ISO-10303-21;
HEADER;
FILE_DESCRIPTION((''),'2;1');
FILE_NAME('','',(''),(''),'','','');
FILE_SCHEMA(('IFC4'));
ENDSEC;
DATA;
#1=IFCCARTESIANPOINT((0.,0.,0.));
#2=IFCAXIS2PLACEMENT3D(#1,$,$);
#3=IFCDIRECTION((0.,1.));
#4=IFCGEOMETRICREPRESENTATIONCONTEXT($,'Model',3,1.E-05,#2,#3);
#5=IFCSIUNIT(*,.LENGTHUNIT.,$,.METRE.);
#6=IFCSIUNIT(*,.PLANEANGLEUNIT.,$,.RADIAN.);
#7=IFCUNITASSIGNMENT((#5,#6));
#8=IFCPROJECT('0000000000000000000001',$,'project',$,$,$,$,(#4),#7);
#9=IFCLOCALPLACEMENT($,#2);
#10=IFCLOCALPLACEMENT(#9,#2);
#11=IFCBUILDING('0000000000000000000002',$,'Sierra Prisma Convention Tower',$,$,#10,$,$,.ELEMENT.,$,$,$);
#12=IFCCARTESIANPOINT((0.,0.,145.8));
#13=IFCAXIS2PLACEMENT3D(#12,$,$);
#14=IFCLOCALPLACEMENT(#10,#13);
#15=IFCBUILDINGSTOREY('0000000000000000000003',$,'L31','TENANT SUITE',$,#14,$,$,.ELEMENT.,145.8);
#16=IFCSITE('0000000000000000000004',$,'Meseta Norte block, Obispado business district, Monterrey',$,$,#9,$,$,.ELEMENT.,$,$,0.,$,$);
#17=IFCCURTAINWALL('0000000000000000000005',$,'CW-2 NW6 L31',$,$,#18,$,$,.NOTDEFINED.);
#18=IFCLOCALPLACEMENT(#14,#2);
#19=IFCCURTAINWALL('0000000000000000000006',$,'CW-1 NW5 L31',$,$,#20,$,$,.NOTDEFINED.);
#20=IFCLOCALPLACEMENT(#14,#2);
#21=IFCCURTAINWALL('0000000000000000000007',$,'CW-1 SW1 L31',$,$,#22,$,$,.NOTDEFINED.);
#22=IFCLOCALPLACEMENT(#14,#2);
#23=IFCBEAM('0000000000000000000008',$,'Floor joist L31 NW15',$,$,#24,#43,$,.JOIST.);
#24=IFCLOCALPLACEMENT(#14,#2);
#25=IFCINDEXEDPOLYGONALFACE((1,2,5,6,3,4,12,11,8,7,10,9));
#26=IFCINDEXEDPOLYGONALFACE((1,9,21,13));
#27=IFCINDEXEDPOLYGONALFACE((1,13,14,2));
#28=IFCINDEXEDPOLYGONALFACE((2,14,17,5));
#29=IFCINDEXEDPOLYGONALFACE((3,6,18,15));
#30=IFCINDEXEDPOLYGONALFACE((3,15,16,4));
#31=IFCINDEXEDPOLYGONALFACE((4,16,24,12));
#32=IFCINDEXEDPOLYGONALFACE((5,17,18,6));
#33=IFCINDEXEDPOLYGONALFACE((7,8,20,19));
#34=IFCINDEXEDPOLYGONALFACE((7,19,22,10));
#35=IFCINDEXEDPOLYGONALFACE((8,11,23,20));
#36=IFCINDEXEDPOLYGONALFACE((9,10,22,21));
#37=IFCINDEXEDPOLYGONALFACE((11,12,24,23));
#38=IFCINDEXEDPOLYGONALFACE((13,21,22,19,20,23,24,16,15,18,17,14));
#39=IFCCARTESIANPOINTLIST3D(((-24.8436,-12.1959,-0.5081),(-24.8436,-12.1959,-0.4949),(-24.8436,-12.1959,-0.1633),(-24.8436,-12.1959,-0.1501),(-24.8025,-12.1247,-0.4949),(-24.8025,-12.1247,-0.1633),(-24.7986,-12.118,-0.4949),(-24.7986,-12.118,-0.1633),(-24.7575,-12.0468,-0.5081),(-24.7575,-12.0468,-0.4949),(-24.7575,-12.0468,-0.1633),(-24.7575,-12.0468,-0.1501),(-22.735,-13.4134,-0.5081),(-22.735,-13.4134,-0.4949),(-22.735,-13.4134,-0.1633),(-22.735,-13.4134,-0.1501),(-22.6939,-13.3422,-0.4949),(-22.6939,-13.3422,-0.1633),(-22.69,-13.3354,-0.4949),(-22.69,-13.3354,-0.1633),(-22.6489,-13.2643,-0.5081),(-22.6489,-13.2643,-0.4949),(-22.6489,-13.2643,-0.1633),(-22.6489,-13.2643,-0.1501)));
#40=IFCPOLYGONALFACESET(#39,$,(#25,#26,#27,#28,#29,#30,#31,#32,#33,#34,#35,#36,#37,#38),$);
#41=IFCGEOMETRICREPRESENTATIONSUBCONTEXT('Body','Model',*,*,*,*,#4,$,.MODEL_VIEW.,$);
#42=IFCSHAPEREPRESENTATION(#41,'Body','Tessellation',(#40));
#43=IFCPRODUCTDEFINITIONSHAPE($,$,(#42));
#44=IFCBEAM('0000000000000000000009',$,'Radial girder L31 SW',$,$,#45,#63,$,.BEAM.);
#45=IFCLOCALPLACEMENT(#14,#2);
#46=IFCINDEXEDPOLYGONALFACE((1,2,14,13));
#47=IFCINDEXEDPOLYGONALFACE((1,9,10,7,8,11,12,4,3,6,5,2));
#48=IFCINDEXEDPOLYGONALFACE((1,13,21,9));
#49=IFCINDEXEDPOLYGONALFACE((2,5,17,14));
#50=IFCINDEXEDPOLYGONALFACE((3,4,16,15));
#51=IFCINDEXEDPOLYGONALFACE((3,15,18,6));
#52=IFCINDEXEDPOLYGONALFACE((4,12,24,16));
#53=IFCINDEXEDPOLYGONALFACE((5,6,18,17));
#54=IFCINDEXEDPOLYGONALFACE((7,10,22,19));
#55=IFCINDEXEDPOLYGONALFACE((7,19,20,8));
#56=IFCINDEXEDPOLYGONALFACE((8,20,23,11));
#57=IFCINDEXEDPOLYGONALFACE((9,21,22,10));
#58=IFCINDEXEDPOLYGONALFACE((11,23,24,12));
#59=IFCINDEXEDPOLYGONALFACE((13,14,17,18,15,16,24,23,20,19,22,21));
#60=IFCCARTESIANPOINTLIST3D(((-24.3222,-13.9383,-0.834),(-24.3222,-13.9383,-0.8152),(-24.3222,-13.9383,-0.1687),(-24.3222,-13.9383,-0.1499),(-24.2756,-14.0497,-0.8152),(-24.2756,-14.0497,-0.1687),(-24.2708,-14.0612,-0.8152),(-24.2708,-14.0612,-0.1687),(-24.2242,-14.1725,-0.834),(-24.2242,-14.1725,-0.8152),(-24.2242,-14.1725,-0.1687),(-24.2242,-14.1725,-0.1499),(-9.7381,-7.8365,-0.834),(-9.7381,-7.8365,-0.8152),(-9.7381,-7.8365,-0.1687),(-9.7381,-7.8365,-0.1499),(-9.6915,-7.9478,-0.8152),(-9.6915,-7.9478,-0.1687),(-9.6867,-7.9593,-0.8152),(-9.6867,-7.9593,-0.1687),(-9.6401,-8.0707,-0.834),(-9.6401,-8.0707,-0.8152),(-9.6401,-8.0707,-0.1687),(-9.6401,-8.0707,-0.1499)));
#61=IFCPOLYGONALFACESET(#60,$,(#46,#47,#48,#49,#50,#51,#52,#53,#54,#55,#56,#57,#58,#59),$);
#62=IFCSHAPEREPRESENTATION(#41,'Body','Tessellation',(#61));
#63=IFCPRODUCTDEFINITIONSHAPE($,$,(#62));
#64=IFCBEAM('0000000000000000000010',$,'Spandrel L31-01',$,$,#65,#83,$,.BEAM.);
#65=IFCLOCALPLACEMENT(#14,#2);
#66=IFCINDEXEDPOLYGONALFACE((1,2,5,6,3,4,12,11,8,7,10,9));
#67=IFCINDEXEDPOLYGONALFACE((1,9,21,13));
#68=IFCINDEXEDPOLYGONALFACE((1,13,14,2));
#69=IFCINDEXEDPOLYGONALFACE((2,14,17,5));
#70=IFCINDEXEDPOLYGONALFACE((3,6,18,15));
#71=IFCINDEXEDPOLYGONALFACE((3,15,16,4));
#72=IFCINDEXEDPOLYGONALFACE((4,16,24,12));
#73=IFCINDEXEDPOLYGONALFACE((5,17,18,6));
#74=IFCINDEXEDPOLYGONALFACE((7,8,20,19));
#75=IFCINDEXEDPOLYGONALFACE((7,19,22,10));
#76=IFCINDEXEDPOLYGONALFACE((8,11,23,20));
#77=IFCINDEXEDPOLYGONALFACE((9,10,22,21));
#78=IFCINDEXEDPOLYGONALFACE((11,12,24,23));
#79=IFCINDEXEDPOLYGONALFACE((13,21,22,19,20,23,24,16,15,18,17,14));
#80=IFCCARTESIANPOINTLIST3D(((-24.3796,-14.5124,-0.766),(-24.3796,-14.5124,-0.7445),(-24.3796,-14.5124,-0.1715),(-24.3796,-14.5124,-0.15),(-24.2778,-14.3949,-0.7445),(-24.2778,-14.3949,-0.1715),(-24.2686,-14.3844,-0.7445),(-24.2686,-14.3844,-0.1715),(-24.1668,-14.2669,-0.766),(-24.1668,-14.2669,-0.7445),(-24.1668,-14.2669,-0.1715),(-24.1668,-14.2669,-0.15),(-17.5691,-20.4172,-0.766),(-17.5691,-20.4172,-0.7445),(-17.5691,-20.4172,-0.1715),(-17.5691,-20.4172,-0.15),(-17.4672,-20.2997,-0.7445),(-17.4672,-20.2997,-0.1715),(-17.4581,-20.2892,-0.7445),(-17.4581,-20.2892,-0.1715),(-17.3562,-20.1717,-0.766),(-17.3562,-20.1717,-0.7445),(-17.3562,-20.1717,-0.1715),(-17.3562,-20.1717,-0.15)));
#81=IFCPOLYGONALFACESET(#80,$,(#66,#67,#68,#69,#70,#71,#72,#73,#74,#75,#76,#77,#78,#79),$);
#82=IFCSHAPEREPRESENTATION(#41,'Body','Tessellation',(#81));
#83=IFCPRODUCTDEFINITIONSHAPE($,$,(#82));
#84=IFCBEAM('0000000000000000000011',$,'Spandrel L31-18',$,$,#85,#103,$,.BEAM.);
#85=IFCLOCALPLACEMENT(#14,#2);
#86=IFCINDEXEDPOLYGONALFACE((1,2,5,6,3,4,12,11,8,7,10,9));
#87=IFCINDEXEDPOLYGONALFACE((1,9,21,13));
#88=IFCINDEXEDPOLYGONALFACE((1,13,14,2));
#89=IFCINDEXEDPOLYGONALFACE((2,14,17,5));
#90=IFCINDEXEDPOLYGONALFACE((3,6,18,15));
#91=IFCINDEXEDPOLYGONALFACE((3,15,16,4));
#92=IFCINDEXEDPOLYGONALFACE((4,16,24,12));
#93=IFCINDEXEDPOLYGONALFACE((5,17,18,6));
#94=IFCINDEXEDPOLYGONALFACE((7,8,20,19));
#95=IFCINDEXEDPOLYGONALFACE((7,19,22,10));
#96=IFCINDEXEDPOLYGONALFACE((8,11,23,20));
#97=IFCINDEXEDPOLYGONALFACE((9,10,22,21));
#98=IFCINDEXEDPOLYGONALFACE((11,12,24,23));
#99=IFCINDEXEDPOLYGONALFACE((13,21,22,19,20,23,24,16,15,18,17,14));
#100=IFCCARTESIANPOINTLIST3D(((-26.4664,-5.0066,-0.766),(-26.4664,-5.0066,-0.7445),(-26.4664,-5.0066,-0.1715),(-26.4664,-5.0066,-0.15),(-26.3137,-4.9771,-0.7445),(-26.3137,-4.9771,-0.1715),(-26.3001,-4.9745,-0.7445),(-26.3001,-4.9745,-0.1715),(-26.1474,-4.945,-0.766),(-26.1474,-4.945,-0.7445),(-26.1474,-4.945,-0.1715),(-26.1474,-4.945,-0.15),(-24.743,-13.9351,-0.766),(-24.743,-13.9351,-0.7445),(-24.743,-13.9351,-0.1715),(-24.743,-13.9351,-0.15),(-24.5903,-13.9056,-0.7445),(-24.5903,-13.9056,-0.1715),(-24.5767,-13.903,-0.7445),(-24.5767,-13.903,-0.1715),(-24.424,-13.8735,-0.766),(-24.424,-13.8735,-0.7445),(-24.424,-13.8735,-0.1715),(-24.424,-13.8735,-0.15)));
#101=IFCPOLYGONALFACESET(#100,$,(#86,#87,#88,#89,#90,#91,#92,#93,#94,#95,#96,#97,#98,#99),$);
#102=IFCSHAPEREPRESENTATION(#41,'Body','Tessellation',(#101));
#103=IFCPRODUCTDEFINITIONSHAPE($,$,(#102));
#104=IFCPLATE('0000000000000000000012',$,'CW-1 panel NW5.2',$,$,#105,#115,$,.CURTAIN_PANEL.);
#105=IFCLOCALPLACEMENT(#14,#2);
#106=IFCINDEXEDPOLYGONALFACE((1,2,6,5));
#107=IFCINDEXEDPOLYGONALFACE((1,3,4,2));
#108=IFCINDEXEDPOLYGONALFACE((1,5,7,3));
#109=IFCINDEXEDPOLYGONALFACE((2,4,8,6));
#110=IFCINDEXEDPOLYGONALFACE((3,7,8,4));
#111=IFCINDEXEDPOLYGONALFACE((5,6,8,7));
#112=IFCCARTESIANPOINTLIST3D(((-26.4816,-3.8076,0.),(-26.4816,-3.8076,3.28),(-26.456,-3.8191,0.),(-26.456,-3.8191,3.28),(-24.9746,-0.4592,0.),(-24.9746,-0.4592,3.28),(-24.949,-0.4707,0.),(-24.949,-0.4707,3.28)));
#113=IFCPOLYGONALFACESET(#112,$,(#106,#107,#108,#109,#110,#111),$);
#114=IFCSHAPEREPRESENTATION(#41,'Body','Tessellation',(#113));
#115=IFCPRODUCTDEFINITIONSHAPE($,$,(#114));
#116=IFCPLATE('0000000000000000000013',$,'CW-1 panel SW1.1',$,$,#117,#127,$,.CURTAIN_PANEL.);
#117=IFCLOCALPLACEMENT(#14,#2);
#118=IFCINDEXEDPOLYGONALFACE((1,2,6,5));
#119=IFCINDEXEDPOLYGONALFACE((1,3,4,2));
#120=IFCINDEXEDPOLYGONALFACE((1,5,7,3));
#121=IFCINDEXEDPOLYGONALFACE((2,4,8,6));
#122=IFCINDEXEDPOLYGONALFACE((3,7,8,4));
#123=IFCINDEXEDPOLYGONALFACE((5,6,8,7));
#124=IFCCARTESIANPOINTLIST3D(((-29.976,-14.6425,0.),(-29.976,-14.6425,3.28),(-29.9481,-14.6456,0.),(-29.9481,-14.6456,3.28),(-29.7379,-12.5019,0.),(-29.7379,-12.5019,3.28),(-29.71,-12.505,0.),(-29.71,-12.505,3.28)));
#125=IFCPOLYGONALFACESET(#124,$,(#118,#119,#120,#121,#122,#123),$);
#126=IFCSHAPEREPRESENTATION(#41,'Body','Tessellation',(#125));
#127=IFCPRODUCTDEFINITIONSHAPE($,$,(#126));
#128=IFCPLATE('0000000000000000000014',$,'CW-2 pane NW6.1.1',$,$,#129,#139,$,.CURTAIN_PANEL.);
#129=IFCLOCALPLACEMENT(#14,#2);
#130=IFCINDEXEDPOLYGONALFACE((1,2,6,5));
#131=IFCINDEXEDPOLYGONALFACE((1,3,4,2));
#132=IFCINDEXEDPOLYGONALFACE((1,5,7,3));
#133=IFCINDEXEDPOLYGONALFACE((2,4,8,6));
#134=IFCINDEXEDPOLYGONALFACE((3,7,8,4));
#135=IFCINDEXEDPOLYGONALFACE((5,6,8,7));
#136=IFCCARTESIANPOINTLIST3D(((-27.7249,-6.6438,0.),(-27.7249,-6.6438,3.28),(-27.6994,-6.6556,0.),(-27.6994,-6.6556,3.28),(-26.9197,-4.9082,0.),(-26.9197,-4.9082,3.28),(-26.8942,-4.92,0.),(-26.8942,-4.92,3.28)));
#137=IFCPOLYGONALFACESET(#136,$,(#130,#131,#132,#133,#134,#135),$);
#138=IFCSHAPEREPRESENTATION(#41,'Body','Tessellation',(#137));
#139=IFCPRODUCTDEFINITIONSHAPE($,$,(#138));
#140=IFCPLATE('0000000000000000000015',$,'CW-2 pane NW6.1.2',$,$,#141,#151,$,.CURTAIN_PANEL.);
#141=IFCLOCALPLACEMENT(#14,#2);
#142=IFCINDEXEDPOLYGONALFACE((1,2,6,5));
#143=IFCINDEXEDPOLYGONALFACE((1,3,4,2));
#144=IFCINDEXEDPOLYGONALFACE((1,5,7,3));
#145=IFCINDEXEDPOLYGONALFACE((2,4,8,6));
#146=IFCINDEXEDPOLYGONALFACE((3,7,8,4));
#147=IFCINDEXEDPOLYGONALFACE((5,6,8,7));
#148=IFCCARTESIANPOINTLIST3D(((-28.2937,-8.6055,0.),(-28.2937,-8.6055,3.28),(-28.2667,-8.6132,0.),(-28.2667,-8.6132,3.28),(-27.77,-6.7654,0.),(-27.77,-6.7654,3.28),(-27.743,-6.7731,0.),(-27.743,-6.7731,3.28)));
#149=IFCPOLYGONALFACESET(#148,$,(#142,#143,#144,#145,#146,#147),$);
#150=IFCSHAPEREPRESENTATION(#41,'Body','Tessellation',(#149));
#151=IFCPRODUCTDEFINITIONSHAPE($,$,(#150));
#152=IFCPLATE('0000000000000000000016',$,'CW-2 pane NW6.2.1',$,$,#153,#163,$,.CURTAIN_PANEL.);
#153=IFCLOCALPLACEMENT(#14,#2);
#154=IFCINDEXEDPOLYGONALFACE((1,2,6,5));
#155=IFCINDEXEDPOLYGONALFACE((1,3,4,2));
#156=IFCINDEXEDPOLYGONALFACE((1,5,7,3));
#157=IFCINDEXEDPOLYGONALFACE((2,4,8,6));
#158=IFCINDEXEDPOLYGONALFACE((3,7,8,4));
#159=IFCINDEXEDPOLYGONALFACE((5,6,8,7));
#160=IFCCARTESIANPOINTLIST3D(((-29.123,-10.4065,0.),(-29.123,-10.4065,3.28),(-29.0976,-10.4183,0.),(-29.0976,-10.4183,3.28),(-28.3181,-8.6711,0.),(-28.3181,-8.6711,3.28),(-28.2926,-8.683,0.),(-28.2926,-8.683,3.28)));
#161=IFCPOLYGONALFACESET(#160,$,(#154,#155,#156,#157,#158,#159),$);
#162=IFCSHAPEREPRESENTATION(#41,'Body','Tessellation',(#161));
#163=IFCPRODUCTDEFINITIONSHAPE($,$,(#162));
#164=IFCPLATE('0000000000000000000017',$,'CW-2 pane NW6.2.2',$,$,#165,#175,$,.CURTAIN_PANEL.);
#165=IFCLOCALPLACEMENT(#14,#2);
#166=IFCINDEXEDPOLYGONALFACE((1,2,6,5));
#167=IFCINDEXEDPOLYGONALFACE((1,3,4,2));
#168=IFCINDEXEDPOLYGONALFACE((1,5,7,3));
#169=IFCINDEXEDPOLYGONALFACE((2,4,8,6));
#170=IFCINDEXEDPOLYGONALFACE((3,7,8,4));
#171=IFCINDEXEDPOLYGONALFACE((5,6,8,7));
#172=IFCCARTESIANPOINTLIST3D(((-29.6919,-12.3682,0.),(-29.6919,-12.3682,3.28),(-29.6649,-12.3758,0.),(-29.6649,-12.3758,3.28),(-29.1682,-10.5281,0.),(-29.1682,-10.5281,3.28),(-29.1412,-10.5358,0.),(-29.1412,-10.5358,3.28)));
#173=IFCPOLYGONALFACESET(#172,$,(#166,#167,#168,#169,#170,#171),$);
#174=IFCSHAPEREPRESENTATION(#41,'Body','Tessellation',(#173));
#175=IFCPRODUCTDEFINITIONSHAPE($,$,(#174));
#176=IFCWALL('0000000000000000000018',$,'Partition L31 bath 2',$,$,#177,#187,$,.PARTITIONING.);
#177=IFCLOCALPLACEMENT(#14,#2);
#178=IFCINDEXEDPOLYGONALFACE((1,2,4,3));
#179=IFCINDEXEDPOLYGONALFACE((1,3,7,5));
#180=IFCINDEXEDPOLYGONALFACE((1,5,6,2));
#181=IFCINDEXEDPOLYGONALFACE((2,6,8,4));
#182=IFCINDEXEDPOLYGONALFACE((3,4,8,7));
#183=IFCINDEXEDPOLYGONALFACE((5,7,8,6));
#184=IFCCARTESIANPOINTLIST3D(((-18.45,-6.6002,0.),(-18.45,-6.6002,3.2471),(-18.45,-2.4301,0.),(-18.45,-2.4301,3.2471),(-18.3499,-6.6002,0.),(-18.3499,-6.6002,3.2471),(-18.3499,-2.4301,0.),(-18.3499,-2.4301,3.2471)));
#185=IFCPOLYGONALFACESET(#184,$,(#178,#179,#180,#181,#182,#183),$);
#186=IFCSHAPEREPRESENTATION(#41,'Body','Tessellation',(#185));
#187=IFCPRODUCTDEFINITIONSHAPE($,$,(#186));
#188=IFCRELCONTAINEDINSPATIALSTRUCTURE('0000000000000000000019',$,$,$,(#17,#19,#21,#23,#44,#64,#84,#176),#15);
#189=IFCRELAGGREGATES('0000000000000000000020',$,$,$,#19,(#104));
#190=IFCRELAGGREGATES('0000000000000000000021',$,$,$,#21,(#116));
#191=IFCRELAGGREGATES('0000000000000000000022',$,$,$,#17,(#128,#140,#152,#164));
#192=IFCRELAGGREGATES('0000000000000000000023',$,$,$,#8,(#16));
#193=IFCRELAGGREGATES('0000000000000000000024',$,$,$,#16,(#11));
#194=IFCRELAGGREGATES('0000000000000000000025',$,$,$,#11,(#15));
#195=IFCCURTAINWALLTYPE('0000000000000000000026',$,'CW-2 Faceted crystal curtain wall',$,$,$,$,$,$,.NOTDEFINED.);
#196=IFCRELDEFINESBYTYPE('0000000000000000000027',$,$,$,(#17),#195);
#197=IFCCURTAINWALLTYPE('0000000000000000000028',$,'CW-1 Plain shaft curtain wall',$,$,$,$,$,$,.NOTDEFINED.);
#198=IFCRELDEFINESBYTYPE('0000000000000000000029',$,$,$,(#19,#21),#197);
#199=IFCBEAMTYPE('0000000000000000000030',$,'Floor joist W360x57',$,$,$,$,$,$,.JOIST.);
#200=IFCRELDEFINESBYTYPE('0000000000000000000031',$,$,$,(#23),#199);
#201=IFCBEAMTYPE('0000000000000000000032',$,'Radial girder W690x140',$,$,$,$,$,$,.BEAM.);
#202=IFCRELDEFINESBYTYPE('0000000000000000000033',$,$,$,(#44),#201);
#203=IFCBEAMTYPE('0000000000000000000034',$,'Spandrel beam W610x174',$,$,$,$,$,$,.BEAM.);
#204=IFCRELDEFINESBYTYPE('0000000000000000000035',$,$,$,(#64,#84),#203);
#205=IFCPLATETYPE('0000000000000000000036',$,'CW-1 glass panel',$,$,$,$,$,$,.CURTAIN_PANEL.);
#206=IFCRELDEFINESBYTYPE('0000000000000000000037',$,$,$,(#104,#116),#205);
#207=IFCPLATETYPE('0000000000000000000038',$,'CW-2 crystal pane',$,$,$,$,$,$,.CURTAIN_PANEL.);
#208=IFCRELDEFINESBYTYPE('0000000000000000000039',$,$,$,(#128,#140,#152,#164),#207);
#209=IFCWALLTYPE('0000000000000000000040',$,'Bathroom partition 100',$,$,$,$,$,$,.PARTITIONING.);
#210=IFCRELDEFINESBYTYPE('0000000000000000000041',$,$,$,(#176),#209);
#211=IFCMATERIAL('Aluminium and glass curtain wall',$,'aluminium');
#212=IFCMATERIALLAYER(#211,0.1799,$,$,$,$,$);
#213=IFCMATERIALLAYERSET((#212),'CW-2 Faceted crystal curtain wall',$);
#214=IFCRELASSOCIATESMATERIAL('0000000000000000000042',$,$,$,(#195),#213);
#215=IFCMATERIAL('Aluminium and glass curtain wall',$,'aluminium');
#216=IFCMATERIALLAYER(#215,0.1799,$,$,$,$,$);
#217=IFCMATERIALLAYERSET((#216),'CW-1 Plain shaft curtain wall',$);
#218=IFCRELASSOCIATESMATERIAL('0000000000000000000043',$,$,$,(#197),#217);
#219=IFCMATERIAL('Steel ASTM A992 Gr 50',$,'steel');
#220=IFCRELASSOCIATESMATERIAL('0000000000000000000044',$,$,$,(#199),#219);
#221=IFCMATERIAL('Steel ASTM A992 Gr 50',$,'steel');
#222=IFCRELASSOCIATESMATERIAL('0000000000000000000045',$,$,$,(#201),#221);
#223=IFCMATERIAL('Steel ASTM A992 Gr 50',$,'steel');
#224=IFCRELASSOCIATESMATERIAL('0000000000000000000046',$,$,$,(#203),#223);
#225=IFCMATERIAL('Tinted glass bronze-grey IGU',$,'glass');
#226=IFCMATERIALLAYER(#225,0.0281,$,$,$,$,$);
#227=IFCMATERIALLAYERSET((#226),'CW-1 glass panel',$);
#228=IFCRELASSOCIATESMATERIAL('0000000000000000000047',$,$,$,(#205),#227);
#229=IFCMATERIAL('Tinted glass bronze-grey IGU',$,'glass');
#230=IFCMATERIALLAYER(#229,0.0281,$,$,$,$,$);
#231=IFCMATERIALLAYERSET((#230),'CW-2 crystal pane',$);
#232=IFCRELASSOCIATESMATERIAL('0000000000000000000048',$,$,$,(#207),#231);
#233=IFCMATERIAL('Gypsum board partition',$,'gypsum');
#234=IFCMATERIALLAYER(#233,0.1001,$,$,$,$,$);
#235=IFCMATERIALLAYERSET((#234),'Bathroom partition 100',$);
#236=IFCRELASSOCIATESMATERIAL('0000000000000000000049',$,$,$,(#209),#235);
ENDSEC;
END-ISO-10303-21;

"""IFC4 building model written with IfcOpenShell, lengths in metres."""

from ifc_helpers import new_model, si_unit, direction, frame, frame_2d, origin, origin_2d, place, context, subcontext, project, spatial, polyline, rectangle, i_section, outline, extrude, material, layer, layer_set, material_profile, profile_set, type_object, element, aggregate, save


model = new_model("IFC4")

# Units and contexts
model_context = context("Model", 3, precision=1e-05, world=origin(), true_north=direction((0.0, 1.0)))
body_context = subcontext(model_context, "Body", "Model", "MODEL_VIEW")
ifc_project = project(units=[si_unit("LENGTHUNIT", "METRE"), si_unit("PLANEANGLEUNIT", "RADIAN")], contexts=[model_context])

# Site, building, storey
site_placement = place(None, origin())
site = spatial("IfcSite", under=ifc_project, at=site_placement, Name="Meseta Norte block, Obispado business district, Monterrey", CompositionType="ELEMENT", RefElevation=0.0)
building_placement = place(site_placement, origin())
building = spatial("IfcBuilding", under=site, at=building_placement, Name="Sierra Prisma Convention Tower", CompositionType="ELEMENT")
storey_placement = place(building_placement, frame((0.0, 0.0, 145.8)))
storey = spatial("IfcBuildingStorey", under=building, at=storey_placement, Name="L31", Description="TENANT SUITE", CompositionType="ELEMENT", Elevation=145.8)

# Curtain wall
ifc_material_1 = material(Name="Aluminium and glass curtain wall", Category="aluminium")
ifc_layer_1 = layer(ifc_material_1, 0.1799)
ifc_layer_set_1 = layer_set([ifc_layer_1], Name="CW-2 Faceted crystal curtain wall")
curtain_wall_type_1 = type_object("IfcCurtainWallType", Name="CW-2 Faceted crystal curtain wall", PredefinedType="NOTDEFINED", material=ifc_layer_set_1)
curtain_wall_1_placement = place(storey_placement, origin())
curtain_wall_1 = element("IfcCurtainWall", 1, at=curtain_wall_1_placement, inside=storey, type_object=curtain_wall_type_1, Name="CW-2 NW6 L31", PredefinedType="NOTDEFINED")

# Curtain wall
ifc_material_2 = material(Name="Aluminium and glass curtain wall", Category="aluminium")
ifc_layer_2 = layer(ifc_material_2, 0.1799)
ifc_layer_set_2 = layer_set([ifc_layer_2], Name="CW-1 Plain shaft curtain wall")
curtain_wall_type_2 = type_object("IfcCurtainWallType", Name="CW-1 Plain shaft curtain wall", PredefinedType="NOTDEFINED", material=ifc_layer_set_2)
curtain_wall_2_placement = place(storey_placement, origin())
curtain_wall_2 = element("IfcCurtainWall", 2, at=curtain_wall_2_placement, inside=storey, type_object=curtain_wall_type_2, Name="CW-1 NW5 L31", PredefinedType="NOTDEFINED")

# Curtain wall
curtain_wall_3_placement = place(storey_placement, origin())
curtain_wall_3 = element("IfcCurtainWall", 3, at=curtain_wall_3_placement, inside=storey, type_object=curtain_wall_type_2, Name="CW-1 SW1 L31", PredefinedType="NOTDEFINED")

# Beams
ifc_material_3 = material(Name="Steel ASTM A992 Gr 50", Category="steel")
ifc_material_profile_1 = material_profile(ifc_material_3, i_section(OverallWidth=0.1721, OverallDepth=0.3579, WebThickness=0.0078, FlangeThickness=0.0132, at=origin_2d()), Name="W360x57")
ifc_profile_set_1 = profile_set([ifc_material_profile_1], Name="Steel ASTM A992 Gr 50")
beam_type_1 = type_object("IfcBeamType", Name="Floor joist W360x57", PredefinedType="JOIST", material=ifc_profile_set_1)
beam_1_placement = place(storey_placement, frame((-24.8005, -12.1213, -0.3291), z_axis=(0.866007, -0.500032, 0.0), x_axis=(0.500032, 0.866007, 0.0)))
element("IfcBeam", 4, at=beam_1_placement, inside=storey, type_object=beam_type_1, Name="Floor joist L31 NW15", PredefinedType="JOIST", context=body_context, shape_type="SweptSolid", body=[
    extrude(i_section(OverallWidth=0.1721, OverallDepth=0.3579, WebThickness=0.0078, FlangeThickness=0.0132, at=origin_2d()), origin(), (0.0, 0.0, 1.0), 2.4348),
])
ifc_material_4 = material(Name="Steel ASTM A992 Gr 50", Category="steel")
ifc_material_profile_2 = material_profile(ifc_material_4, i_section(OverallWidth=0.2539, OverallDepth=0.6841, WebThickness=0.0125, FlangeThickness=0.0188, at=origin_2d()), Name="W690x140")
ifc_profile_set_2 = profile_set([ifc_material_profile_2], Name="Steel ASTM A992 Gr 50")
beam_type_2 = type_object("IfcBeamType", Name="Radial girder W690x140", PredefinedType="BEAM", material=ifc_profile_set_2)
beam_2_placement = place(storey_placement, frame((-24.2732, -14.0554, -0.4919), z_axis=(0.922511, 0.38597, 0.0), x_axis=(-0.38597, 0.922511, 0.0)))
element("IfcBeam", 5, at=beam_2_placement, inside=storey, type_object=beam_type_2, Name="Radial girder L31 SW", PredefinedType="BEAM", context=body_context, shape_type="SweptSolid", body=[
    extrude(i_section(OverallWidth=0.2539, OverallDepth=0.6841, WebThickness=0.0125, FlangeThickness=0.0188, at=origin_2d()), origin(), (0.0, 0.0, 1.0), 15.8091),
])
ifc_material_5 = material(Name="Steel ASTM A992 Gr 50", Category="steel")
ifc_material_profile_3 = material_profile(ifc_material_5, i_section(OverallWidth=0.325, OverallDepth=0.616, WebThickness=0.0139, FlangeThickness=0.0215, at=origin_2d()), Name="W610x174")
ifc_profile_set_3 = profile_set([ifc_material_profile_3], Name="Steel ASTM A992 Gr 50")
beam_type_3 = type_object("IfcBeamType", Name="Spandrel beam W610x174", PredefinedType="BEAM", material=ifc_profile_set_3)
beam_3_placement = place(storey_placement, frame((-24.2732, -14.3896, -0.458), z_axis=(0.755562, -0.655077, 0.0), x_axis=(0.655077, 0.755562, 0.0)))
element("IfcBeam", 6, at=beam_3_placement, inside=storey, type_object=beam_type_3, Name="Spandrel L31-01", PredefinedType="BEAM", context=body_context, shape_type="SweptSolid", body=[
    extrude(i_section(OverallWidth=0.325, OverallDepth=0.616, WebThickness=0.0139, FlangeThickness=0.0215, at=origin_2d()), origin(), (0.0, 0.0, 1.0), 9.0139),
])
beam_4_placement = place(storey_placement, frame((-26.3069, -4.9758, -0.458), z_axis=(0.189524, -0.981876, 0.0), x_axis=(0.981876, 0.189524, 0.0)))
element("IfcBeam", 7, at=beam_4_placement, inside=storey, type_object=beam_type_3, Name="Spandrel L31-18", PredefinedType="BEAM", context=body_context, shape_type="SweptSolid", body=[
    extrude(i_section(OverallWidth=0.325, OverallDepth=0.616, WebThickness=0.0139, FlangeThickness=0.0215, at=origin_2d()), origin(), (0.0, 0.0, 1.0), 9.0933),
])

# Plates
ifc_material_6 = material(Name="Tinted glass bronze-grey IGU", Category="glass")
ifc_layer_3 = layer(ifc_material_6, 0.0281)
ifc_layer_set_3 = layer_set([ifc_layer_3], Name="CW-1 glass panel")
plate_type_1 = type_object("IfcPlateType", Name="CW-1 glass panel", PredefinedType="CURTAIN_PANEL", material=ifc_layer_set_3)
plate_1_placement = place(storey_placement, frame((-25.7153, -2.1392, 0.0), z_axis=(0.0, 0.0, 1.0), x_axis=(-0.410416, -0.911898, 0.0)))
plate_1 = element("IfcPlate", 8, at=plate_1_placement, type_object=plate_type_1, Name="CW-1 panel NW5.2", PredefinedType="CURTAIN_PANEL", context=body_context, shape_type="SweptSolid", body=[
    extrude(rectangle(XDim=3.6719, YDim=0.0281, at=origin_2d()), origin(), (0.0, 0.0, 1.0), 3.28),
])
aggregate(curtain_wall_2, [plate_1])
plate_2_placement = place(storey_placement, frame((-29.843, -13.5737, 0.0), z_axis=(0.0, 0.0, 1.0), x_axis=(-0.110541, -0.993872, 0.0)))
plate_2 = element("IfcPlate", 9, at=plate_2_placement, type_object=plate_type_1, Name="CW-1 panel SW1.1", PredefinedType="CURTAIN_PANEL", context=body_context, shape_type="SweptSolid", body=[
    extrude(rectangle(XDim=2.1538, YDim=0.0281, at=origin_2d()), origin(), (0.0, 0.0, 1.0), 3.28),
])
aggregate(curtain_wall_3, [plate_2])
ifc_material_7 = material(Name="Tinted glass bronze-grey IGU", Category="glass")
ifc_layer_4 = layer(ifc_material_7, 0.0281)
ifc_layer_set_4 = layer_set([ifc_layer_4], Name="CW-2 crystal pane")
plate_type_2 = type_object("IfcPlateType", Name="CW-2 crystal pane", PredefinedType="CURTAIN_PANEL", material=ifc_layer_set_4)
plate_3_placement = place(storey_placement, frame((-26.9197, -4.9082, 0.0), z_axis=(-0.907136, 0.420838, 0.0), x_axis=(-0.420838, -0.907136, 0.0)))
plate_3 = element("IfcPlate", 10, at=plate_3_placement, type_object=plate_type_2, Name="CW-2 pane NW6.1.1", PredefinedType="CURTAIN_PANEL", context=body_context, shape_type="SweptSolid", body=[
    extrude(outline(polyline([(0.0, 0.0), (1.9133, 0.0), (1.9133, 3.28), (0.0, 3.28), (0.0, 0.0)])), origin(), (0.0, 0.0, -1.0), 0.0281),
])
plate_4_placement = place(storey_placement, frame((-28.2937, -8.6055, 0.0), z_axis=(-0.961808, 0.273727, 0.0), x_axis=(0.273727, 0.961808, 0.0)))
plate_4 = element("IfcPlate", 11, at=plate_4_placement, type_object=plate_type_2, Name="CW-2 pane NW6.1.2", PredefinedType="CURTAIN_PANEL", context=body_context, shape_type="SweptSolid", body=[
    extrude(outline(polyline([(0.0, 0.0), (1.9132, 0.0), (1.9132, -3.28), (0.0, -3.28), (0.0, 0.0)])), origin(), (0.0, 0.0, -1.0), 0.0281),
])
plate_5_placement = place(storey_placement, frame((-28.3181, -8.6711, 0.0), z_axis=(-0.907162, 0.420781, 0.0), x_axis=(-0.420781, -0.907162, 0.0)))
plate_5 = element("IfcPlate", 12, at=plate_5_placement, type_object=plate_type_2, Name="CW-2 pane NW6.2.1", PredefinedType="CURTAIN_PANEL", context=body_context, shape_type="SweptSolid", body=[
    extrude(outline(polyline([(0.0, 0.0), (1.9129, 0.0), (1.9129, 3.28), (0.0, 3.28), (0.0, 0.0)])), origin(), (0.0, 0.0, -1.0), 0.0281),
])
plate_6_placement = place(storey_placement, frame((-29.6919, -12.3682, 0.0), z_axis=(-0.961808, 0.273727, 0.0), x_axis=(0.273727, 0.961808, 0.0)))
plate_6 = element("IfcPlate", 13, at=plate_6_placement, type_object=plate_type_2, Name="CW-2 pane NW6.2.2", PredefinedType="CURTAIN_PANEL", context=body_context, shape_type="SweptSolid", body=[
    extrude(outline(polyline([(0.0, 0.0), (1.9132, 0.0), (1.9132, -3.28), (0.0, -3.28), (0.0, 0.0)])), origin(), (0.0, 0.0, -1.0), 0.0281),
])
aggregate(curtain_wall_1, [plate_3, plate_4, plate_5, plate_6])

# Wall
ifc_material_8 = material(Name="Gypsum board partition", Category="gypsum")
ifc_layer_5 = layer(ifc_material_8, 0.1001)
ifc_layer_set_5 = layer_set([ifc_layer_5], Name="Bathroom partition 100")
wall_type = type_object("IfcWallType", Name="Bathroom partition 100", PredefinedType="PARTITIONING", material=ifc_layer_set_5)
wall_placement = place(storey_placement, frame((-18.3999, -6.6001, 0.0), z_axis=(0.0, 0.0, 1.0), x_axis=(0.0, 1.0, 0.0)))
element("IfcWall", 14, at=wall_placement, inside=storey, type_object=wall_type, Name="Partition L31 bath 2", PredefinedType="PARTITIONING", context=body_context, shape_type="SweptSolid", body=[
    extrude(rectangle(XDim=4.1702, YDim=0.1001, at=frame_2d((2.085, 0.0))), origin(), (0.0, 0.0, 1.0), 3.2471),
])

save(model, "model.ifc")
